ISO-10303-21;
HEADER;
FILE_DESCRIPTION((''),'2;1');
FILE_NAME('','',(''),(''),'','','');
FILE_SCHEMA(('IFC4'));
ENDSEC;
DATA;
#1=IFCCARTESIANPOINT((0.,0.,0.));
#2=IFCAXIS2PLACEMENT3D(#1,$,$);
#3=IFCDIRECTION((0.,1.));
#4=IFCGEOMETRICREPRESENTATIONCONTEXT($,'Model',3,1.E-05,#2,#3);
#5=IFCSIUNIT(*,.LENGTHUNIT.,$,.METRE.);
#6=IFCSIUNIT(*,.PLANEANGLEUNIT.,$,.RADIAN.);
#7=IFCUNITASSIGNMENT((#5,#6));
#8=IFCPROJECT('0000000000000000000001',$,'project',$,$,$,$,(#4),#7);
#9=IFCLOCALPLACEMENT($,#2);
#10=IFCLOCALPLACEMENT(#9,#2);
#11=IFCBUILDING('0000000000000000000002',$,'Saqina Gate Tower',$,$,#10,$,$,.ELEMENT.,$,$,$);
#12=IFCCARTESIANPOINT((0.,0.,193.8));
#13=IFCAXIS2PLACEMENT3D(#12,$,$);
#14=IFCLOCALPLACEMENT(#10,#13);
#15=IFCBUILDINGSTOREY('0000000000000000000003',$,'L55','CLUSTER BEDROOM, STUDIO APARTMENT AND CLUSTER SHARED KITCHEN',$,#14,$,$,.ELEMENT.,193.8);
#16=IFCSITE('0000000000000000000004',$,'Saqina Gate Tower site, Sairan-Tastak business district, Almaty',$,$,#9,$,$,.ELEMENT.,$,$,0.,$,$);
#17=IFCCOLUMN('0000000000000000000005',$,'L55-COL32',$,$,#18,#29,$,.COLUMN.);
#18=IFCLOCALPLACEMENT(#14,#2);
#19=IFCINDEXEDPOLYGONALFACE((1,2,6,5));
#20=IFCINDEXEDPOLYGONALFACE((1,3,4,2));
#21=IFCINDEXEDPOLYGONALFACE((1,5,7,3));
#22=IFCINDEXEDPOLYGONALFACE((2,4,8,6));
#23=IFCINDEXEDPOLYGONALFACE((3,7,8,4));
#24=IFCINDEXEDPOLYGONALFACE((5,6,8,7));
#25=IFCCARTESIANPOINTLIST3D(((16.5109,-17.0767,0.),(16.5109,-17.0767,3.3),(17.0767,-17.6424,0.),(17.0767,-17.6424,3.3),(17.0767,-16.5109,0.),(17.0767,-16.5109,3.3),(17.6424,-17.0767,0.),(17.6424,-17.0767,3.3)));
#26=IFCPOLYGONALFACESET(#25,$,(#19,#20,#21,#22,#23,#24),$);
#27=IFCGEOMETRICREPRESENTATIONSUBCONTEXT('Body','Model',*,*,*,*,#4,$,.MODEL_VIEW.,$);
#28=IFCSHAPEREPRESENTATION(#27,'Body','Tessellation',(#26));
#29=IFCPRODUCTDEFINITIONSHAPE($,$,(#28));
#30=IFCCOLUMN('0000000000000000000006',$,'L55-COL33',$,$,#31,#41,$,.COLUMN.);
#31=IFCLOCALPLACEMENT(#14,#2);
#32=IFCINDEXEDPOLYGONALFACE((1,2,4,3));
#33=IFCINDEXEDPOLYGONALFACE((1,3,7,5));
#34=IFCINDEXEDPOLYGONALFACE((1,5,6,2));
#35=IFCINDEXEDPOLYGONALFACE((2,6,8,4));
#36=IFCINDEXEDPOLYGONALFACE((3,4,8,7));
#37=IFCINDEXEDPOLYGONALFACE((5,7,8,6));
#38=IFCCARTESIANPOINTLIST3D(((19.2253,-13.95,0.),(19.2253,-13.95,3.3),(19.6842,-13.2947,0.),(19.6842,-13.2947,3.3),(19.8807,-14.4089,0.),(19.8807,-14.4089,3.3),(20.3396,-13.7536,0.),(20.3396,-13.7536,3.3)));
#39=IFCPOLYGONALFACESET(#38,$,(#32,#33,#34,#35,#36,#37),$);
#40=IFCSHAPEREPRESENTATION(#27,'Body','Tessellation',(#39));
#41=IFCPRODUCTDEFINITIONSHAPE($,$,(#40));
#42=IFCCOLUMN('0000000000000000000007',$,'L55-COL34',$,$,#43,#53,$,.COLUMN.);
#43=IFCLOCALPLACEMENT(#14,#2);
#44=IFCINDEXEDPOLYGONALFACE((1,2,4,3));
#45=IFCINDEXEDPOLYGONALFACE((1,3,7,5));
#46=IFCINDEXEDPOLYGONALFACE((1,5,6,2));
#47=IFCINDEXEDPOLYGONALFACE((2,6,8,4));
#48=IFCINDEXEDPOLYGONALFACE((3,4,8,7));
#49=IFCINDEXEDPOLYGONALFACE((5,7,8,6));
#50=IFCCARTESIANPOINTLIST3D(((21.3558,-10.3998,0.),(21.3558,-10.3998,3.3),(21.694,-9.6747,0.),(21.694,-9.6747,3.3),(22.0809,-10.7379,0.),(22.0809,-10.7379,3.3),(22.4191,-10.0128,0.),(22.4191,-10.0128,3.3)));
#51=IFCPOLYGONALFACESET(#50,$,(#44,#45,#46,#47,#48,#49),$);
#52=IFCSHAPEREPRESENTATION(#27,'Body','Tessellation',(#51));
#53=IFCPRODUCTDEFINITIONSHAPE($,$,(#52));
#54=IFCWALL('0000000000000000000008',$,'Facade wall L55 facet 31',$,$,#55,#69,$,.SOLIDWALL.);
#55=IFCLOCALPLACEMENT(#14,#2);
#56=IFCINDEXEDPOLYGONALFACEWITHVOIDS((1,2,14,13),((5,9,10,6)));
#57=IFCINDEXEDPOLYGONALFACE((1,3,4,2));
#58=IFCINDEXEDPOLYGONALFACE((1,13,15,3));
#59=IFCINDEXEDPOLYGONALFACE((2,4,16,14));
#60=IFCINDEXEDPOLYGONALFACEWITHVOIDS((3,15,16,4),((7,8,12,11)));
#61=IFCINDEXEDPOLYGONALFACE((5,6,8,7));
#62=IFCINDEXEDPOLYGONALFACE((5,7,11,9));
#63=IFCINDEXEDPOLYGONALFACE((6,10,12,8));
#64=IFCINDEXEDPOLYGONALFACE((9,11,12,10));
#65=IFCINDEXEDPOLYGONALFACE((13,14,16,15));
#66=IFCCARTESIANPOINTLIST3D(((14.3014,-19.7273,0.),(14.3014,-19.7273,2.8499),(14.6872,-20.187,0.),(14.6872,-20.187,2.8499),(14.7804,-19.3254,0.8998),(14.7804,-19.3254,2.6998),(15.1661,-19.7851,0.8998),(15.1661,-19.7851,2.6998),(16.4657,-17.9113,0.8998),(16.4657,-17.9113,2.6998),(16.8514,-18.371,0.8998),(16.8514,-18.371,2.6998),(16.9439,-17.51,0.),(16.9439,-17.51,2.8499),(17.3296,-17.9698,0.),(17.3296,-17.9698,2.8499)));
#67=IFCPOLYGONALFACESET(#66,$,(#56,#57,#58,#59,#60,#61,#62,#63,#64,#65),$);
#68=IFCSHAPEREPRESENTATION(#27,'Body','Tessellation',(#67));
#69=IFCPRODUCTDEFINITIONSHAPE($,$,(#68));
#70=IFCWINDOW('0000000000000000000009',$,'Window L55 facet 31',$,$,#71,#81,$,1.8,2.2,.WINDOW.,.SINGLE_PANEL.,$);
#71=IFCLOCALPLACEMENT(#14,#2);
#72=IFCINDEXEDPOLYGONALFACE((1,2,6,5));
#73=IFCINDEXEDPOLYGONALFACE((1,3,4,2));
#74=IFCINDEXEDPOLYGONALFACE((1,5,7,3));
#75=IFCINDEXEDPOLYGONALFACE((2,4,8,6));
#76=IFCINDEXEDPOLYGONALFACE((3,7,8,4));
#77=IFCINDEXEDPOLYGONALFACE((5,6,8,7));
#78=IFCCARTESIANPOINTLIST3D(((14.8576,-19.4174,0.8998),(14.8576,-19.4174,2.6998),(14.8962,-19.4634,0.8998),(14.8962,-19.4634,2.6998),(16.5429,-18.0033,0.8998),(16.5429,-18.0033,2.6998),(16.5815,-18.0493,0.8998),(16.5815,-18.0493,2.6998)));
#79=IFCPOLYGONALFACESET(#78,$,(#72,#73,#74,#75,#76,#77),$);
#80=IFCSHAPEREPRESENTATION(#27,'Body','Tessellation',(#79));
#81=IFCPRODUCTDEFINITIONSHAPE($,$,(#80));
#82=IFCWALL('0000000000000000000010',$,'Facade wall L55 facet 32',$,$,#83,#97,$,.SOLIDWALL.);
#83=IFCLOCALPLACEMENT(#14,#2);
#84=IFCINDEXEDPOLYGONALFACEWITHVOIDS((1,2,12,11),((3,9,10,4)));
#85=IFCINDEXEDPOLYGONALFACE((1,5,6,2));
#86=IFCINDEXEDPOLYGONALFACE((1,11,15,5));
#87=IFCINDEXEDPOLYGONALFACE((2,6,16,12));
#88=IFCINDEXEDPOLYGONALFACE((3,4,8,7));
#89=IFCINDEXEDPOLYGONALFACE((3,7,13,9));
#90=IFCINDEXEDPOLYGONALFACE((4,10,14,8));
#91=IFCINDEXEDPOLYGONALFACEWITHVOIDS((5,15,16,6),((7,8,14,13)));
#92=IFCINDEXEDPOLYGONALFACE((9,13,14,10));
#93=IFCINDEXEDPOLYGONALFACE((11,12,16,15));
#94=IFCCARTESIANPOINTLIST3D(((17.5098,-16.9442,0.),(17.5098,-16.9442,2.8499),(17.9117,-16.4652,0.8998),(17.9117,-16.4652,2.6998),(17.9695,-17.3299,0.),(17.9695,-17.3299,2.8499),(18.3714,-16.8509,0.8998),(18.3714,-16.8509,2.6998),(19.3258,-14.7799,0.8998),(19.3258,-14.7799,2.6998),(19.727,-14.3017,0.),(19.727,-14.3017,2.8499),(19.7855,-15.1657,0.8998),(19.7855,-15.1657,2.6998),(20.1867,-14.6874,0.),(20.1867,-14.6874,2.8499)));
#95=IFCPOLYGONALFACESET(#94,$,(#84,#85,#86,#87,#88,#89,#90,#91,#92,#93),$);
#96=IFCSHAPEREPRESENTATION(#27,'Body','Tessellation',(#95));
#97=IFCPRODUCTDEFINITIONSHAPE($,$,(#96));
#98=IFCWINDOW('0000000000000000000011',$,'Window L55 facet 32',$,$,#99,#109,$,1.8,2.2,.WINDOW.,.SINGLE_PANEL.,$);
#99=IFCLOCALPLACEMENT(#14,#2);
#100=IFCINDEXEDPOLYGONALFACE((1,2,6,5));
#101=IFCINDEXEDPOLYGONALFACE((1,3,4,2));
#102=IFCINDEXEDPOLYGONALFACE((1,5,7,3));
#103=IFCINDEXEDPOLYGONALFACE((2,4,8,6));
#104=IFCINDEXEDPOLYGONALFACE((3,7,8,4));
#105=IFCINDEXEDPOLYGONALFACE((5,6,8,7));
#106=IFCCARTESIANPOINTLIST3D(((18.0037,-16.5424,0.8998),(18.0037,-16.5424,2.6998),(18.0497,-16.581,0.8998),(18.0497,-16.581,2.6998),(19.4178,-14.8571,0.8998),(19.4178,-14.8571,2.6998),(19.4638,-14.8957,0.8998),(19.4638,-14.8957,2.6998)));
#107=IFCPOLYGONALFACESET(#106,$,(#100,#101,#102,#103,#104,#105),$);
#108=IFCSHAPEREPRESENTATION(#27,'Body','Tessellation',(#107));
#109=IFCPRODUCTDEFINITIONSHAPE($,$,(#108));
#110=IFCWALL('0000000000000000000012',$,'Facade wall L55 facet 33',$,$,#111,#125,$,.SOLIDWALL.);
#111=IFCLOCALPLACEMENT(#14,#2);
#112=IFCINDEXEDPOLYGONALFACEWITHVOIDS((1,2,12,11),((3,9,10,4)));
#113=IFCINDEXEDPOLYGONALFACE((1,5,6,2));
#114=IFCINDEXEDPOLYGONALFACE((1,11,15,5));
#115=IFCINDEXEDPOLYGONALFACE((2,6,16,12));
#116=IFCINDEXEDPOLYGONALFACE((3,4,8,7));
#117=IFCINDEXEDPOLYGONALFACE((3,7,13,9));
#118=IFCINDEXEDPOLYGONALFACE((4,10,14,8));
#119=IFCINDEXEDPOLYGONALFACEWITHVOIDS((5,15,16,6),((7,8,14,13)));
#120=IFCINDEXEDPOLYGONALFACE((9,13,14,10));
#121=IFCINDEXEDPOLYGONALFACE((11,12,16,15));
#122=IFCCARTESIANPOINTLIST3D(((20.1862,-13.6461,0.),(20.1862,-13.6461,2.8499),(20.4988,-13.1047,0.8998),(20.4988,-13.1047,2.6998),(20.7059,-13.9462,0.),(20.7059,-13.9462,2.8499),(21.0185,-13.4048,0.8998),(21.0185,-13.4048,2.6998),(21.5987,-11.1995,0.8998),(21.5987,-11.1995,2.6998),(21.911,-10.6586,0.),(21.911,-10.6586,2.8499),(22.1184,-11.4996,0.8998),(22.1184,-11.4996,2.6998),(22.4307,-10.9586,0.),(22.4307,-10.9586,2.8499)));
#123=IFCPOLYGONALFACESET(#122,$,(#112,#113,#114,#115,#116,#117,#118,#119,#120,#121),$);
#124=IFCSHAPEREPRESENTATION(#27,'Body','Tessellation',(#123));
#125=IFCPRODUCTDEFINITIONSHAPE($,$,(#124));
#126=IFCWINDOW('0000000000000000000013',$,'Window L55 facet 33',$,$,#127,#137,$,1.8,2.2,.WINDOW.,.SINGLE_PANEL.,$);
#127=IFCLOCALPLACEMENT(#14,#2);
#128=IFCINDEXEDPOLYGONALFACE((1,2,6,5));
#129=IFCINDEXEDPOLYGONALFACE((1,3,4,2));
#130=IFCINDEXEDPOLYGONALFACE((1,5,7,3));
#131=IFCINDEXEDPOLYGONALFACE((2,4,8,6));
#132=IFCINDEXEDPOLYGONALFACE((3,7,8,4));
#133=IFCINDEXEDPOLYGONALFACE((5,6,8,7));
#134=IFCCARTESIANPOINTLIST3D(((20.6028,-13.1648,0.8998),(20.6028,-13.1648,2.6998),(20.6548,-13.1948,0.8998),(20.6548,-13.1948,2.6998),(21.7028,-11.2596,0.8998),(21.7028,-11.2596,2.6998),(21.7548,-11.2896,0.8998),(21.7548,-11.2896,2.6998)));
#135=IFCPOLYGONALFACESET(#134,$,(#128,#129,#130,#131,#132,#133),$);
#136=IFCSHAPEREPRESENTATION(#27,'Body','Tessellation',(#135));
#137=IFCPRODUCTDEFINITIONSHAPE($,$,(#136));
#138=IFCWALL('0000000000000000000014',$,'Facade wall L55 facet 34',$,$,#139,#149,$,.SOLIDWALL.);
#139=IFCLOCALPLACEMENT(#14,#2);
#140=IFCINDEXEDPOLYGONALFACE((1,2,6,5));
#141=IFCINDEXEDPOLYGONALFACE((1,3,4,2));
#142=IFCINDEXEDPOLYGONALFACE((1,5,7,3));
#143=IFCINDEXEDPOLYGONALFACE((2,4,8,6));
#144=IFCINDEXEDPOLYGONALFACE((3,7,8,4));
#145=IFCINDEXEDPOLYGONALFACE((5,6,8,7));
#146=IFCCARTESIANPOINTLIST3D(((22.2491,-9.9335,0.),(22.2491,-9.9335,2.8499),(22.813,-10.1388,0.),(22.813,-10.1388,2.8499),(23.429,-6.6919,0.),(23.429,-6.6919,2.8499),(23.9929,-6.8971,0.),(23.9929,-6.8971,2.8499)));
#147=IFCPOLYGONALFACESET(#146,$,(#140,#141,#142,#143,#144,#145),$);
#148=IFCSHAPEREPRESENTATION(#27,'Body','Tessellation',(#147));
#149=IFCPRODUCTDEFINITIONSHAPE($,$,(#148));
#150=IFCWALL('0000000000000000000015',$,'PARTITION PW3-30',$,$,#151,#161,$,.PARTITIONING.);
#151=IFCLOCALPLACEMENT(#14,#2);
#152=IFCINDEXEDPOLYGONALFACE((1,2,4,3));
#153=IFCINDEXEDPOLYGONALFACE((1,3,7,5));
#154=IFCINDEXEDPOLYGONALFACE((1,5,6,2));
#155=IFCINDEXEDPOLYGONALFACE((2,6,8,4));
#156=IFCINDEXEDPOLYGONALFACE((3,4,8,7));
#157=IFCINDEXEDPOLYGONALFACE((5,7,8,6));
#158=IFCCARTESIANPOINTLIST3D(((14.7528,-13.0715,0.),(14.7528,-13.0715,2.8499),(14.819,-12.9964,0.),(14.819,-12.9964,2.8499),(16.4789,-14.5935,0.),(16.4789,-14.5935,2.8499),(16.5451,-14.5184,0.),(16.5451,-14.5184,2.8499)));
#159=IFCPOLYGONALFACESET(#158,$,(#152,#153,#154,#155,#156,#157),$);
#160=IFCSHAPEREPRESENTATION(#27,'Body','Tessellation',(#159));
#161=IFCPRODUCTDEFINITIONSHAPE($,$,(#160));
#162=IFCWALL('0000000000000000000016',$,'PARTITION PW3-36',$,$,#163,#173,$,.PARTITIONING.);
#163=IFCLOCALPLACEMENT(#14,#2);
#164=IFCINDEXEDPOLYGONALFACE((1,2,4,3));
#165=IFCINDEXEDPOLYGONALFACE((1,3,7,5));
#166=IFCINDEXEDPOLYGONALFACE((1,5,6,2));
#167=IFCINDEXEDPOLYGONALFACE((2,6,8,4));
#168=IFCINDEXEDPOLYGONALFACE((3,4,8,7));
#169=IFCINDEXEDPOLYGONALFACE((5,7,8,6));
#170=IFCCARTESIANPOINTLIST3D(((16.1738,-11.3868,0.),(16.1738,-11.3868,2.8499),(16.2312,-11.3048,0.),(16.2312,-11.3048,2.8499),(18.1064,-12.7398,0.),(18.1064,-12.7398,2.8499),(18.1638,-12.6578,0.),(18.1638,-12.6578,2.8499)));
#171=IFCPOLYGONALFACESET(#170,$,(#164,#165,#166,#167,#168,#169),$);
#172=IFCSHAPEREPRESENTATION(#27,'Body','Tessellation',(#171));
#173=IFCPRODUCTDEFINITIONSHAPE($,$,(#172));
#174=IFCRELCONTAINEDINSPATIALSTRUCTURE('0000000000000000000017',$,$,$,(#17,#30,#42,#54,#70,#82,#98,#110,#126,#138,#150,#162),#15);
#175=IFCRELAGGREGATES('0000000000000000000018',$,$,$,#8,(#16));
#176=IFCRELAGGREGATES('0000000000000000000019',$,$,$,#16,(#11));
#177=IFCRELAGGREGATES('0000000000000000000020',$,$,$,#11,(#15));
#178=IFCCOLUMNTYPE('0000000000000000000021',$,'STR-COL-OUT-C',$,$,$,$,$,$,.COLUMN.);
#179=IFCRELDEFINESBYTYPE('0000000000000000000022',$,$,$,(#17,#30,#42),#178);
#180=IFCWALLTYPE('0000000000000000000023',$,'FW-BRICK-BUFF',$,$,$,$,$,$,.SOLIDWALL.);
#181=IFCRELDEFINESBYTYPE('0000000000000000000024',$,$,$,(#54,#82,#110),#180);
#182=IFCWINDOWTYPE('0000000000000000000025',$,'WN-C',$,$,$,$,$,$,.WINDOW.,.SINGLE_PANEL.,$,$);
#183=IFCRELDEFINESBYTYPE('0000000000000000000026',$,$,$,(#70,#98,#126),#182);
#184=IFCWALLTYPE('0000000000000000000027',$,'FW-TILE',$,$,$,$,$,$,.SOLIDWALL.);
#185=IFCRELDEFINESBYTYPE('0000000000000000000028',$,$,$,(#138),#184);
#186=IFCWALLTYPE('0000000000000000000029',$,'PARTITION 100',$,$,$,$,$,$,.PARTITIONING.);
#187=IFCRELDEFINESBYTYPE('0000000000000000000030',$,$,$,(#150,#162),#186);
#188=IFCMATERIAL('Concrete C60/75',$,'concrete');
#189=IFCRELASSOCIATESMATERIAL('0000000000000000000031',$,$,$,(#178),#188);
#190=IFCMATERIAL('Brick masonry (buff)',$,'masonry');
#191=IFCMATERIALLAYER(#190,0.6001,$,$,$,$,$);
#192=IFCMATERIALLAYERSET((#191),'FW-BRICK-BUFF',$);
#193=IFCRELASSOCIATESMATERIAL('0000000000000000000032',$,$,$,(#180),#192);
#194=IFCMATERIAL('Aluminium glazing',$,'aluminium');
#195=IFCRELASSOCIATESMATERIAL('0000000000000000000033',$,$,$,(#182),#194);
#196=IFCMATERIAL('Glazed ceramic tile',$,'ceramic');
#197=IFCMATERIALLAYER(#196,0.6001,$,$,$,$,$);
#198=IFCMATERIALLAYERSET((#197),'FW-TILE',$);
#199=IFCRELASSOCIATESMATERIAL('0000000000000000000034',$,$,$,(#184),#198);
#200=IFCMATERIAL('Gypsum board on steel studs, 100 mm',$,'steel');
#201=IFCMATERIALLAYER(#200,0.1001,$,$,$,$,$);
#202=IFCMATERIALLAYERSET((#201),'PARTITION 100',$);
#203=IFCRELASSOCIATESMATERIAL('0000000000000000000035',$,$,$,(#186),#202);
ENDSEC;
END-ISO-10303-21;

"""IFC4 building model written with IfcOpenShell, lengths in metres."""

from ifc_helpers import new_model, si_unit, direction, frame, frame_2d, origin, origin_2d, place, context, subcontext, project, spatial, rectangle, extrude, material, layer, layer_set, material_profile, profile_set, type_object, element, fill, save


model = new_model("IFC4")

# Units and contexts
model_context = context("Model", 3, precision=1e-05, world=origin(), true_north=direction((0.0, 1.0)))
body_context = subcontext(model_context, "Body", "Model", "MODEL_VIEW")
ifc_project = project(units=[si_unit("LENGTHUNIT", "METRE"), si_unit("PLANEANGLEUNIT", "RADIAN")], contexts=[model_context])

# Site, building, storey
site_placement = place(None, origin())
site = spatial("IfcSite", under=ifc_project, at=site_placement, Name="Saqina Gate Tower site, Sairan-Tastak business district, Almaty", CompositionType="ELEMENT", RefElevation=0.0)
building_placement = place(site_placement, origin())
building = spatial("IfcBuilding", under=site, at=building_placement, Name="Saqina Gate Tower", CompositionType="ELEMENT")
storey_placement = place(building_placement, frame((0.0, 0.0, 193.8)))
storey = spatial("IfcBuildingStorey", under=building, at=storey_placement, Name="L55", Description="CLUSTER BEDROOM, STUDIO APARTMENT AND CLUSTER SHARED KITCHEN", CompositionType="ELEMENT", Elevation=193.8)

# Columns
ifc_material_1 = material(Name="Concrete C60/75", Category="concrete")
ifc_material_profile = material_profile(ifc_material_1, rectangle(XDim=0.8, YDim=0.8, at=origin_2d()), Name="RC 800x800")
ifc_profile_set = profile_set([ifc_material_profile], Name="Concrete C60/75")
column_type = type_object("IfcColumnType", Name="STR-COL-OUT-C", PredefinedType="COLUMN", material=ifc_profile_set)
for number, where, z_axis, x_axis, name in (
    (1, (17.0767, -17.0767, 0.0), (0.0, 0.0, 1.0), (0.707107, -0.707107, 0.0), "L55-COL32"),
    (2, (19.7825, -13.8518, 0.0), (0.0, 0.0, 1.0), (0.819152, -0.573576, 0.0), "L55-COL33"),
    (3, (21.8875, -10.2063, 0.0), (0.0, 0.0, 1.0), (0.906308, -0.422618, 0.0), "L55-COL34"),
):
    element("IfcColumn", number, at=place(storey_placement, frame(where, z_axis=z_axis, x_axis=x_axis)), inside=storey, type_object=column_type, Name=name, PredefinedType="COLUMN", context=body_context, shape_type="SweptSolid", body=[
        extrude(rectangle(XDim=0.8, YDim=0.8, at=origin_2d()), origin(), (0.0, 0.0, 1.0), 3.3),
    ])

# Walls, openings, windows
ifc_material_2 = material(Name="Brick masonry (buff)", Category="masonry")
ifc_layer_1 = layer(ifc_material_2, 0.6001)
ifc_layer_set_1 = layer_set([ifc_layer_1], Name="FW-BRICK-BUFF")
wall_type_1 = type_object("IfcWallType", Name="FW-BRICK-BUFF", PredefinedType="SOLIDWALL", material=ifc_layer_set_1)
wall_1_placement = place(storey_placement, frame((14.4944, -19.957, 0.0), z_axis=(0.0, 0.0, 1.0), x_axis=(0.766059, 0.64277, 0.0)))
wall_1 = element("IfcWall", 4, at=wall_1_placement, inside=storey, type_object=wall_type_1, Name="Facade wall L55 facet 31", PredefinedType="SOLIDWALL", context=body_context, shape_type="SweptSolid", body=[
    extrude(rectangle(XDim=3.4495, YDim=0.6001, at=frame_2d((1.7246, 0.0))), origin(), (0.0, 0.0, 1.0), 2.8499),
])
opening_1_placement = place(wall_1_placement, frame((0.625, 0.0, 0.8999)))
opening_1 = element("IfcOpeningElement", 5, at=opening_1_placement, cuts=wall_1, PredefinedType="OPENING", context=body_context, shape_type="SweptSolid", body=[
    extrude(rectangle(XDim=2.2, YDim=1.8, at=frame_2d((1.1001, 0.8999))), frame((0.0, 0.312, 0.0), z_axis=(0.0, -1.0, 0.0), x_axis=(1.0, 0.0, 0.0)), (0.0, 0.0, 1.0), 0.624),
])
ifc_material_3 = material(Name="Aluminium glazing", Category="aluminium")
window_type = type_object("IfcWindowType", Name="WN-C", PartitioningType="SINGLE_PANEL", PredefinedType="WINDOW", material=ifc_material_3)
window_1_placement = place(opening_1_placement, origin())
window_1 = element("IfcWindow", 6, at=window_1_placement, inside=storey, type_object=window_type, Name="Window L55 facet 31", OverallHeight=1.8, OverallWidth=2.2, PartitioningType="SINGLE_PANEL", PredefinedType="WINDOW", context=body_context, shape_type="SweptSolid", body=[
    extrude(rectangle(XDim=2.2, YDim=1.8, at=frame_2d((1.1001, 0.8999))), frame((0.0, 0.1799, 0.0), z_axis=(0.0, -1.0, 0.0), x_axis=(1.0, 0.0, 0.0)), (0.0, 0.0, 1.0), 0.0601),
])
fill(opening_1, window_1)
wall_2_placement = place(storey_placement, frame((17.7397, -17.137, 0.0), z_axis=(0.0, 0.0, 1.0), x_axis=(0.64277, 0.766059, 0.0)))
wall_2 = element("IfcWall", 7, at=wall_2_placement, inside=storey, type_object=wall_type_1, Name="Facade wall L55 facet 32", PredefinedType="SOLIDWALL", context=body_context, shape_type="SweptSolid", body=[
    extrude(rectangle(XDim=3.4495, YDim=0.6001, at=frame_2d((1.7246, 0.0))), origin(), (0.0, 0.0, 1.0), 2.8499),
])
opening_2_placement = place(wall_2_placement, frame((0.625, 0.0, 0.8999)))
opening_2 = element("IfcOpeningElement", 8, at=opening_2_placement, cuts=wall_2, PredefinedType="OPENING", context=body_context, shape_type="SweptSolid", body=[
    extrude(rectangle(XDim=2.2, YDim=1.8, at=frame_2d((1.1001, 0.8999))), frame((0.0, 0.312, 0.0), z_axis=(0.0, -1.0, 0.0), x_axis=(1.0, 0.0, 0.0)), (0.0, 0.0, 1.0), 0.624),
])
window_2_placement = place(opening_2_placement, origin())
window_2 = element("IfcWindow", 9, at=window_2_placement, inside=storey, type_object=window_type, Name="Window L55 facet 32", OverallHeight=1.8, OverallWidth=2.2, PartitioningType="SINGLE_PANEL", PredefinedType="WINDOW", context=body_context, shape_type="SweptSolid", body=[
    extrude(rectangle(XDim=2.2, YDim=1.8, at=frame_2d((1.1001, 0.8999))), frame((0.0, 0.1799, 0.0), z_axis=(0.0, -1.0, 0.0), x_axis=(1.0, 0.0, 0.0)), (0.0, 0.0, 1.0), 0.0601),
])
fill(opening_2, window_2)
wall_3_placement = place(storey_placement, frame((20.446, -13.7961, 0.0), z_axis=(0.0, 0.0, 1.0), x_axis=(0.499998, 0.866026, 0.0)))
wall_3 = element("IfcWall", 10, at=wall_3_placement, inside=storey, type_object=wall_type_1, Name="Facade wall L55 facet 33", PredefinedType="SOLIDWALL", context=body_context, shape_type="SweptSolid", body=[
    extrude(rectangle(XDim=3.4497, YDim=0.6001, at=frame_2d((1.7249, 0.0))), origin(), (0.0, 0.0, 1.0), 2.8499),
])
opening_3_placement = place(wall_3_placement, frame((0.625, 0.0, 0.8999)))
opening_3 = element("IfcOpeningElement", 11, at=opening_3_placement, cuts=wall_3, PredefinedType="OPENING", context=body_context, shape_type="SweptSolid", body=[
    extrude(rectangle(XDim=2.2, YDim=1.8, at=frame_2d((1.1001, 0.8999))), frame((0.0, 0.312, 0.0), z_axis=(0.0, -1.0, 0.0), x_axis=(1.0, 0.0, 0.0)), (0.0, 0.0, 1.0), 0.624),
])
window_3_placement = place(opening_3_placement, origin())
window_3 = element("IfcWindow", 12, at=window_3_placement, inside=storey, type_object=window_type, Name="Window L55 facet 33", OverallHeight=1.8, OverallWidth=2.2, PartitioningType="SINGLE_PANEL", PredefinedType="WINDOW", context=body_context, shape_type="SweptSolid", body=[
    extrude(rectangle(XDim=2.2, YDim=1.8, at=frame_2d((1.1001, 0.8999))), frame((0.0, 0.1799, 0.0), z_axis=(0.0, -1.0, 0.0), x_axis=(1.0, 0.0, 0.0)), (0.0, 0.0, 1.0), 0.0601),
])
fill(opening_3, window_3)

# Walls
ifc_material_4 = material(Name="Glazed ceramic tile", Category="ceramic")
ifc_layer_2 = layer(ifc_material_4, 0.6001)
ifc_layer_set_2 = layer_set([ifc_layer_2], Name="FW-TILE")
wall_type_2 = type_object("IfcWallType", Name="FW-TILE", PredefinedType="SOLIDWALL", material=ifc_layer_set_2)
wall_4_placement = place(storey_placement, frame((22.531, -10.0361, 0.0), z_axis=(0.0, 0.0, 1.0), x_axis=(0.342033, 0.939688, 0.0)))
element("IfcWall", 13, at=wall_4_placement, inside=storey, type_object=wall_type_2, Name="Facade wall L55 facet 34", PredefinedType="SOLIDWALL", context=body_context, shape_type="SweptSolid", body=[
    extrude(rectangle(XDim=3.4497, YDim=0.6001, at=frame_2d((1.7249, 0.0))), origin(), (0.0, 0.0, 1.0), 2.8499),
])
ifc_material_5 = material(Name="Gypsum board on steel studs, 100 mm", Category="steel")
ifc_layer_3 = layer(ifc_material_5, 0.1001)
ifc_layer_set_3 = layer_set([ifc_layer_3], Name="PARTITION 100")
wall_type_3 = type_object("IfcWallType", Name="PARTITION 100", PredefinedType="PARTITIONING", material=ifc_layer_set_3)
wall_5_placement = place(storey_placement, frame((14.7859, -13.0339, 0.0), z_axis=(0.0, 0.0, 1.0), x_axis=(0.750061, -0.661369, 0.0)))
element("IfcWall", 14, at=wall_5_placement, inside=storey, type_object=wall_type_3, Name="PARTITION PW3-30", PredefinedType="PARTITIONING", context=body_context, shape_type="SweptSolid", body=[
    extrude(rectangle(XDim=2.3013, YDim=0.1001, at=frame_2d((1.1506, 0.0))), origin(), (0.0, 0.0, 1.0), 2.8499),
])
wall_6_placement = place(storey_placement, frame((16.2024, -11.3457, 0.0), z_axis=(0.0, 0.0, 1.0), x_axis=(0.819193, -0.573518, 0.0)))
element("IfcWall", 15, at=wall_6_placement, inside=storey, type_object=wall_type_3, Name="PARTITION PW3-36", PredefinedType="PARTITIONING", context=body_context, shape_type="SweptSolid", body=[
    extrude(rectangle(XDim=2.3591, YDim=0.1001, at=frame_2d((1.1797, 0.0))), origin(), (0.0, 0.0, 1.0), 2.8499),
])

save(model, "model.ifc")
